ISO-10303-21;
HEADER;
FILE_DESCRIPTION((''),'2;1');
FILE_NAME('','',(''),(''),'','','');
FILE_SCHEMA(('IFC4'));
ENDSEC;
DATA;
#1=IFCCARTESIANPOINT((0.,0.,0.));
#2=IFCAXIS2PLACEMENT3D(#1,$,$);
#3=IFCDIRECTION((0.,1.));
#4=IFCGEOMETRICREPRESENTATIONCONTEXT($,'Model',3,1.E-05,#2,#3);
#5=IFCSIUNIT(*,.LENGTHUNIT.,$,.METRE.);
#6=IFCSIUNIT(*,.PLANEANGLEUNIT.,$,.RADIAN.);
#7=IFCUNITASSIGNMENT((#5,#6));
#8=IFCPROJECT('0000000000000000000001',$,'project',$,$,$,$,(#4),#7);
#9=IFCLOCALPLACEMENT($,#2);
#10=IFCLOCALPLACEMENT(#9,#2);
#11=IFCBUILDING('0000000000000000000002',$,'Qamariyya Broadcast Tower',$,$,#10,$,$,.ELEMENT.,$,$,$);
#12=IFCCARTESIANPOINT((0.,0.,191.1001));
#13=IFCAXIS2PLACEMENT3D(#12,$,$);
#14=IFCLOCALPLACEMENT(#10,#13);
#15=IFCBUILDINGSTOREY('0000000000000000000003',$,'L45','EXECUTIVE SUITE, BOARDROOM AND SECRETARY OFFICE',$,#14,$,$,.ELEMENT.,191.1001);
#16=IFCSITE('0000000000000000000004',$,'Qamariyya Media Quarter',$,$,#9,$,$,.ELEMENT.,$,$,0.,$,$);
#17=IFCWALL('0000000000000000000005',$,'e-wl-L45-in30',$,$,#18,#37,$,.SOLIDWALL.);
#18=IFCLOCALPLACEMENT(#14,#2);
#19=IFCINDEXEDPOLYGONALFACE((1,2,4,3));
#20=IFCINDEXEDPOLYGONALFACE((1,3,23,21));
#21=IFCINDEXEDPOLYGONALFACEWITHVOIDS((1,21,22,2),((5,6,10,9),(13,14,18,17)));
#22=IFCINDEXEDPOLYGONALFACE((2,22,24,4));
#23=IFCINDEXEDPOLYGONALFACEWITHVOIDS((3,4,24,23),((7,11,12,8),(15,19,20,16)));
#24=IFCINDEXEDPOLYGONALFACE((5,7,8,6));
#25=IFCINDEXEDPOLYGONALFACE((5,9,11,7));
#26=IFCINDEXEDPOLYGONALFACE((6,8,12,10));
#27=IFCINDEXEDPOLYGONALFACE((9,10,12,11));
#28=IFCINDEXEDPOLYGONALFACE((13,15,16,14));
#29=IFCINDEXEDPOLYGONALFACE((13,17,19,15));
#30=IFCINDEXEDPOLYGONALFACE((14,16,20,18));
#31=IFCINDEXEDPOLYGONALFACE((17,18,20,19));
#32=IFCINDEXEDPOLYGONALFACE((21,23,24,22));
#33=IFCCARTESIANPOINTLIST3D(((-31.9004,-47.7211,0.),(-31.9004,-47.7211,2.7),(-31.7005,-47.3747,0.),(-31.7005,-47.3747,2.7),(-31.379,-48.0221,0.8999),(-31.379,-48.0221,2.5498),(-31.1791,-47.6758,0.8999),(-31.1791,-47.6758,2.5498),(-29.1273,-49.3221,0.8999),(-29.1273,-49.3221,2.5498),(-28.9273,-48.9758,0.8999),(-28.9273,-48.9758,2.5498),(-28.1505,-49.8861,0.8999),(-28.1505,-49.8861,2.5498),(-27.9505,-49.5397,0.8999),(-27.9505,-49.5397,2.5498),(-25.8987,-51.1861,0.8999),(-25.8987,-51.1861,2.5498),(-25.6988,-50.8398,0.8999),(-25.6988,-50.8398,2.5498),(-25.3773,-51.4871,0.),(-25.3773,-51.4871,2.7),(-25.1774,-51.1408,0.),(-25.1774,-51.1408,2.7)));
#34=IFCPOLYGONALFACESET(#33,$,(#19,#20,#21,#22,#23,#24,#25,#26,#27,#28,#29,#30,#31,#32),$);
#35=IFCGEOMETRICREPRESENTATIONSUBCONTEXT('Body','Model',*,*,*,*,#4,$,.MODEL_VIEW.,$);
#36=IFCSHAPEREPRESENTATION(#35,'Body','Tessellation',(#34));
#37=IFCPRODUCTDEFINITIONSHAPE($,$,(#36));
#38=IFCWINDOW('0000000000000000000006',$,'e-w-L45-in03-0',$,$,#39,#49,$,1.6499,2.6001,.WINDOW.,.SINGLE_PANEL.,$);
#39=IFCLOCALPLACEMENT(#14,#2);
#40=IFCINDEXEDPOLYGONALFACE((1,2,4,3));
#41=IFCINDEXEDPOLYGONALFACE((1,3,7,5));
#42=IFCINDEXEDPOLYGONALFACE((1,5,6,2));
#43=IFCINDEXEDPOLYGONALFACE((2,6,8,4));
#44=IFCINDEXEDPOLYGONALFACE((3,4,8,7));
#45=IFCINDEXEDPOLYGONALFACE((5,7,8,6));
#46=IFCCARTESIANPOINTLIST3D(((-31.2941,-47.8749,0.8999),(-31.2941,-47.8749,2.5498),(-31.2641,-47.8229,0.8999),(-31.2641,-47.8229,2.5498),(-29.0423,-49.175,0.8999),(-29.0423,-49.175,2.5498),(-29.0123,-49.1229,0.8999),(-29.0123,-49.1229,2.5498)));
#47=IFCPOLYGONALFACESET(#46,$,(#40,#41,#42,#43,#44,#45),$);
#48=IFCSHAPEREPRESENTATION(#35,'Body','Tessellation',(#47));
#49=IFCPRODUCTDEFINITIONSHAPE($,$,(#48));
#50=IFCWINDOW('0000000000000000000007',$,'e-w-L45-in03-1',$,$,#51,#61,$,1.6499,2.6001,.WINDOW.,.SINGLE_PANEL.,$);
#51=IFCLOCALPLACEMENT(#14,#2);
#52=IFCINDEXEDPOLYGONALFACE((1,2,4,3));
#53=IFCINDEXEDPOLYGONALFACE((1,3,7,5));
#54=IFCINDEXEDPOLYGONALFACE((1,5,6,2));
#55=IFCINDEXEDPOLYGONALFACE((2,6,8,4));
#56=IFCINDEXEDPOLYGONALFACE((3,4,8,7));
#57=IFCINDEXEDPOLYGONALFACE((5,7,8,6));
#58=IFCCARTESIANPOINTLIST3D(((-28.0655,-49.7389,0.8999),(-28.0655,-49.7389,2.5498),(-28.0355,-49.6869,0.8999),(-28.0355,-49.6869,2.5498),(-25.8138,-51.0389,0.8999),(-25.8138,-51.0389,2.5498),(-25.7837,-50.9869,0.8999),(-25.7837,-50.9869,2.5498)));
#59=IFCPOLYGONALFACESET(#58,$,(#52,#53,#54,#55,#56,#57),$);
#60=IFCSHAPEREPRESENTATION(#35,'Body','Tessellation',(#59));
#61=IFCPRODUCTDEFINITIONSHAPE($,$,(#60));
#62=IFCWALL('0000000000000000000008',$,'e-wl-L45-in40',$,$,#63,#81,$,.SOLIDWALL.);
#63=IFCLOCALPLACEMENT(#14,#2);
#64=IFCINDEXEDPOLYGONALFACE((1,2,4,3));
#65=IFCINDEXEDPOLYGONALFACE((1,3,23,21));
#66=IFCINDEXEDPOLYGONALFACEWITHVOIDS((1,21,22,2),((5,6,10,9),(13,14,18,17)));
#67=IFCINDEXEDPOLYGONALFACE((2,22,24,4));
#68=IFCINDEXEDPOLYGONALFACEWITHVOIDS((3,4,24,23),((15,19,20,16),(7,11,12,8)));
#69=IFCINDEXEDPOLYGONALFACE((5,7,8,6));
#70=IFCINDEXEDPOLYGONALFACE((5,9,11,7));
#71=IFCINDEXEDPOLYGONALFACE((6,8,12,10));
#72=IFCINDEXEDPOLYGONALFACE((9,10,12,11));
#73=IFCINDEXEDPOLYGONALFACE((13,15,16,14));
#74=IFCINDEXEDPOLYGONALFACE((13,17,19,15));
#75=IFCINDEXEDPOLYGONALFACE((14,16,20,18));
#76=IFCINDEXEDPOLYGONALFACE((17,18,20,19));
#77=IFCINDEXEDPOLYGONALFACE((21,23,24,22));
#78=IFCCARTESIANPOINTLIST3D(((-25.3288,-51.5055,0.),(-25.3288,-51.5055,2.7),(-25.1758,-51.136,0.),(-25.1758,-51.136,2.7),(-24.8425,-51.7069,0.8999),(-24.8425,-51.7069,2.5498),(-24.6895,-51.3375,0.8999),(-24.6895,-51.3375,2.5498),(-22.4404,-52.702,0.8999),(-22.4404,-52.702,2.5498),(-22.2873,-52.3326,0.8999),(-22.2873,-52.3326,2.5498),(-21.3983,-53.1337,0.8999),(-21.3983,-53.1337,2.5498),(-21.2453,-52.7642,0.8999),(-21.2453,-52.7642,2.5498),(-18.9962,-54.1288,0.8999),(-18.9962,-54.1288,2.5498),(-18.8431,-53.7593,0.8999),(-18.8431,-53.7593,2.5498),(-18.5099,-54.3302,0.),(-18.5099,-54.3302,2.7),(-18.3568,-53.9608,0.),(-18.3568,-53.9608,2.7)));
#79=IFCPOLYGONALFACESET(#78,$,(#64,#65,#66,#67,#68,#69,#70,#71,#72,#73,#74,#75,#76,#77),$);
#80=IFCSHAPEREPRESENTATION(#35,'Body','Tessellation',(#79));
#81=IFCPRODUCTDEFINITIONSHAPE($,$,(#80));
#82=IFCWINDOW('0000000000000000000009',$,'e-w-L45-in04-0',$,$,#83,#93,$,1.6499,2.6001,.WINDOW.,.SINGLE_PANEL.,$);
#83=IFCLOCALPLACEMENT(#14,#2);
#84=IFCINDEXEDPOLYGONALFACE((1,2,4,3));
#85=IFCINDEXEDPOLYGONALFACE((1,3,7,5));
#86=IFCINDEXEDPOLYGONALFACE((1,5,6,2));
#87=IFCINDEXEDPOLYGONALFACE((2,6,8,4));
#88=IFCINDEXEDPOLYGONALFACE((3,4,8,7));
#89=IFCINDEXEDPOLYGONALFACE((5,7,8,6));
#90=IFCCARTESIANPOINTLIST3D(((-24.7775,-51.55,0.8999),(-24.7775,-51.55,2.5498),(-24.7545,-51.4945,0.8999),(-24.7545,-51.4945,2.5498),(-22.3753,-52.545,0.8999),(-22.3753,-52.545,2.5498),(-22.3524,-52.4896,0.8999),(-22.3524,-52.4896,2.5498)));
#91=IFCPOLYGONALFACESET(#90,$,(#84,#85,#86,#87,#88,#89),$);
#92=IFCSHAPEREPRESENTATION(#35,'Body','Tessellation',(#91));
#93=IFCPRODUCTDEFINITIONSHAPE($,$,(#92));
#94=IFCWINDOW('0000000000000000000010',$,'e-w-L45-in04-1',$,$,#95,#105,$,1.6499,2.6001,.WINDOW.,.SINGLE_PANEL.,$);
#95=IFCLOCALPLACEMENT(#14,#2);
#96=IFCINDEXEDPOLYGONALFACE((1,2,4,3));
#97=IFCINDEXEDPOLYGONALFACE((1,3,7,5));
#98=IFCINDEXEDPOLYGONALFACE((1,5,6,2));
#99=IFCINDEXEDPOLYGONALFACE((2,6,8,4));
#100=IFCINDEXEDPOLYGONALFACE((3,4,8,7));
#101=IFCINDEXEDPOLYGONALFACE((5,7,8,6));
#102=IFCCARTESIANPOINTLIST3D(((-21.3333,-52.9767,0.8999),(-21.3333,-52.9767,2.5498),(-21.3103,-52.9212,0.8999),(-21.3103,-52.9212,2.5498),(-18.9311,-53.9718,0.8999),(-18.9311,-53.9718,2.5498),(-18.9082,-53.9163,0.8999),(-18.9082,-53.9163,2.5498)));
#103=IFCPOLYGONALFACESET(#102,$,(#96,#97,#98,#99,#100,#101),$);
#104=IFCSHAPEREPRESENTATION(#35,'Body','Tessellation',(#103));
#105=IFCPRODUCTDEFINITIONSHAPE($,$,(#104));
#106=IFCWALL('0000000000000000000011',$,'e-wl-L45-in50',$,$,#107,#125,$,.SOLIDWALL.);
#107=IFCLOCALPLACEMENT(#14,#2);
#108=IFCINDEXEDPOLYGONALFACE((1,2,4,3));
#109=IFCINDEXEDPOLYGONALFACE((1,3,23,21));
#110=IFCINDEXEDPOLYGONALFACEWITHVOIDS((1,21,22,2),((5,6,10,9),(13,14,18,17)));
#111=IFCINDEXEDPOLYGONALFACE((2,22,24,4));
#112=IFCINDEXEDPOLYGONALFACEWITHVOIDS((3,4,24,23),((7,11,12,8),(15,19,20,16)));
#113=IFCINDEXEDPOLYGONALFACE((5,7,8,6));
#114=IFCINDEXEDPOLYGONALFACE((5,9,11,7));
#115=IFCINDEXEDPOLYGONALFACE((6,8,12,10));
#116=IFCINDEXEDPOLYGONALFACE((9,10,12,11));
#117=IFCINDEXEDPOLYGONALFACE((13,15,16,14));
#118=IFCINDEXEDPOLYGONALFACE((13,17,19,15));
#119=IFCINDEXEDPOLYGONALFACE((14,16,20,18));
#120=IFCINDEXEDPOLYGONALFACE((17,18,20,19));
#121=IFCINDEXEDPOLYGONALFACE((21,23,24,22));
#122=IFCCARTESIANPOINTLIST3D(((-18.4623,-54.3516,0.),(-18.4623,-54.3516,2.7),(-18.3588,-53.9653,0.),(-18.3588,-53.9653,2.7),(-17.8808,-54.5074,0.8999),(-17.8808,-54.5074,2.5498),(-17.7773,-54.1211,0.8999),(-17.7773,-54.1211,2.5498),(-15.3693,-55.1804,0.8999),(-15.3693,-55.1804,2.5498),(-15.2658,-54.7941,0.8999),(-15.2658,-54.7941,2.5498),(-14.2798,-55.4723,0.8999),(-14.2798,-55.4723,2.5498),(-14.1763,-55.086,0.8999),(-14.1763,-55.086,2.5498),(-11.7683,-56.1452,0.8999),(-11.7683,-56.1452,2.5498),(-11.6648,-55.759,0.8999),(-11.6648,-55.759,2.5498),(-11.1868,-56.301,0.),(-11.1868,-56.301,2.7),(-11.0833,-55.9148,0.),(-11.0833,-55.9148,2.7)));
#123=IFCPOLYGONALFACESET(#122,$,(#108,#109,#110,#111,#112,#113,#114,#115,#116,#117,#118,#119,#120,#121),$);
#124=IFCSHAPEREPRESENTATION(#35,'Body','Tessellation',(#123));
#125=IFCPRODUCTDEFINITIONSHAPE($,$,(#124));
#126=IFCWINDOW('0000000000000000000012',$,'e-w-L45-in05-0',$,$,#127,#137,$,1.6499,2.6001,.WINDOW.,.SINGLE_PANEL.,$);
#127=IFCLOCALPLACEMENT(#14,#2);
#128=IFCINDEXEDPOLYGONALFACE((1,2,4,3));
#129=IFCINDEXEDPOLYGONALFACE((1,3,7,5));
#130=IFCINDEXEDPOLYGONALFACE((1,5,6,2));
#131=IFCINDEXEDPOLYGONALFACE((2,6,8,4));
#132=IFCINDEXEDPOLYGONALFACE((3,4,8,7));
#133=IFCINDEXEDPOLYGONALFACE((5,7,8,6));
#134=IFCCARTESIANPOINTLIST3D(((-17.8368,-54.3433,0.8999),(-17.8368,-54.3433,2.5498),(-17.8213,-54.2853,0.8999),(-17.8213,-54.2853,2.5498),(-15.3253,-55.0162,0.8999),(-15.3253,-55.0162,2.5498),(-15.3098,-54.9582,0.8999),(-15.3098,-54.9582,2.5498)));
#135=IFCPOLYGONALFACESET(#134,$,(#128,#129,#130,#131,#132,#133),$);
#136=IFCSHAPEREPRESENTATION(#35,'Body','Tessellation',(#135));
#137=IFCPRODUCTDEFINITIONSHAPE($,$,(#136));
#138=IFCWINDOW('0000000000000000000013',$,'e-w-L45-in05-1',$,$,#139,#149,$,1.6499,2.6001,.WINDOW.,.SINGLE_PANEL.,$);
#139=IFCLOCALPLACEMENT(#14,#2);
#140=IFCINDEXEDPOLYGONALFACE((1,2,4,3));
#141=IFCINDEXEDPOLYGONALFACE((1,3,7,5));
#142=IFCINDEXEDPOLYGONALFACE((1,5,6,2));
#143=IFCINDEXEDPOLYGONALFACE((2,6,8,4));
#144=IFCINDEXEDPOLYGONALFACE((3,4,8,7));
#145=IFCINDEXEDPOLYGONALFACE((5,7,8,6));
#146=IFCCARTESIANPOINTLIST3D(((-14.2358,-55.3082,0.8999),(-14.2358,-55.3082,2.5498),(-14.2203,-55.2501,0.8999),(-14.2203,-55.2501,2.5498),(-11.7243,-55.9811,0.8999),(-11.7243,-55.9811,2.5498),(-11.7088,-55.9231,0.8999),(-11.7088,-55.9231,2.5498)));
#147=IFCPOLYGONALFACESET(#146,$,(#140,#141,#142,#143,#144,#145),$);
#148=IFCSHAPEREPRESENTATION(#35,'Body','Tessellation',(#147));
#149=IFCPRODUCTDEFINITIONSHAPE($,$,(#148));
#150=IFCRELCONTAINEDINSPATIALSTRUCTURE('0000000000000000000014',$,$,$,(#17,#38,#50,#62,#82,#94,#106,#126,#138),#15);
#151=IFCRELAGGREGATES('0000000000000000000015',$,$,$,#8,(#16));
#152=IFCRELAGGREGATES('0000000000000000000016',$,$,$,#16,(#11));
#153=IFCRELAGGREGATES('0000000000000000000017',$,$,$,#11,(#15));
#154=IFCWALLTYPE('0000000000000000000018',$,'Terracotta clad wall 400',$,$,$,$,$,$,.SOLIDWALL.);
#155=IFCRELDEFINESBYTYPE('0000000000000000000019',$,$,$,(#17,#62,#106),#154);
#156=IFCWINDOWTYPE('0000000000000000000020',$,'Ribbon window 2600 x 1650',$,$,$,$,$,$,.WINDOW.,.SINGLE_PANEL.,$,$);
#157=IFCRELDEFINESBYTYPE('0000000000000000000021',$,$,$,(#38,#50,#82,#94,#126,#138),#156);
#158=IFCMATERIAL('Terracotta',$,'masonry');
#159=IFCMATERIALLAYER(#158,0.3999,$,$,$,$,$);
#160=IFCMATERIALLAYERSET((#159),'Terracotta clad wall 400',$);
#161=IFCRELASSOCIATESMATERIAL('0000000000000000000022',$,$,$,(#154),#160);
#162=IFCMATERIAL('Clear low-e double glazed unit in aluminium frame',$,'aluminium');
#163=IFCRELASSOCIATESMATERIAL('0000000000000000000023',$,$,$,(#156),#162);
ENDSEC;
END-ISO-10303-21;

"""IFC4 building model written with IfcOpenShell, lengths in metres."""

from ifc_helpers import new_model, si_unit, direction, frame, frame_2d, origin, place, context, subcontext, project, spatial, rectangle, extrude, material, layer, layer_set, type_object, element, fill, save


model = new_model("IFC4")

# Units and contexts
model_context = context("Model", 3, precision=1e-05, world=origin(), true_north=direction((0.0, 1.0)))
body_context = subcontext(model_context, "Body", "Model", "MODEL_VIEW")
ifc_project = project(units=[si_unit("LENGTHUNIT", "METRE"), si_unit("PLANEANGLEUNIT", "RADIAN")], contexts=[model_context])

# Site, building, storey
site_placement = place(None, origin())
site = spatial("IfcSite", under=ifc_project, at=site_placement, Name="Qamariyya Media Quarter", CompositionType="ELEMENT", RefElevation=0.0)
building_placement = place(site_placement, origin())
building = spatial("IfcBuilding", under=site, at=building_placement, Name="Qamariyya Broadcast Tower", CompositionType="ELEMENT")
storey_placement = place(building_placement, frame((0.0, 0.0, 191.1001)))
storey = spatial("IfcBuildingStorey", under=building, at=storey_placement, Name="L45", Description="EXECUTIVE SUITE, BOARDROOM AND SECRETARY OFFICE", CompositionType="ELEMENT", Elevation=191.1001)

# Walls, openings, windows
ifc_material_1 = material(Name="Terracotta", Category="masonry")
ifc_layer_1 = layer(ifc_material_1, 0.3999)
ifc_layer_set_1 = layer_set([ifc_layer_1], Name="Terracotta clad wall 400")
wall_type_1 = type_object("IfcWallType", Name="Terracotta clad wall 400", PredefinedType="SOLIDWALL", material=ifc_layer_set_1)
ifc_material_2 = material(Name="Clear low-e double glazed unit in aluminium frame", Category="aluminium")
window_type = type_object("IfcWindowType", Name="Ribbon window 2600 x 1650", PartitioningType="SINGLE_PANEL", PredefinedType="WINDOW", material=ifc_material_2)
wall_1_placement = place(storey_placement, frame((-25.2773, -51.314, 0.0), z_axis=(0.0, 0.0, 1.0), x_axis=(-0.866029, 0.499995, 0.0)))
wall_1 = element("IfcWall", 1, at=wall_1_placement, inside=storey, type_object=wall_type_1, Name="e-wl-L45-in30", PredefinedType="SOLIDWALL", context=body_context, shape_type="SweptSolid", body=[
    extrude(rectangle(XDim=7.5322, YDim=0.3999, at=frame_2d((3.7661, 0.0))), origin(), (0.0, 0.0, 1.0), 2.7),
])
opening_1_placement = place(wall_1_placement, frame((4.3301, 0.0, 0.8999)))
opening_1 = element("IfcOpeningElement", 2, at=opening_1_placement, cuts=wall_1, PredefinedType="OPENING", context=body_context, shape_type="SweptSolid", body=[
    extrude(rectangle(XDim=2.6001, YDim=1.6499, at=frame_2d((1.3, 0.825))), frame((0.0, 0.21, 0.0), z_axis=(0.0, -1.0, 0.0), x_axis=(1.0, 0.0, 0.0)), (0.0, 0.0, 1.0), 0.4199),
])
opening_2_placement = place(wall_1_placement, frame((0.6021, 0.0, 0.8999)))
opening_2 = element("IfcOpeningElement", 3, at=opening_2_placement, cuts=wall_1, PredefinedType="OPENING", context=body_context, shape_type="SweptSolid", body=[
    extrude(rectangle(XDim=2.6001, YDim=1.6499, at=frame_2d((1.3, 0.825))), frame((0.0, 0.21, 0.0), z_axis=(0.0, -1.0, 0.0), x_axis=(1.0, 0.0, 0.0)), (0.0, 0.0, 1.0), 0.4199),
])
window_1_placement = place(opening_1_placement, origin())
window_1 = element("IfcWindow", 4, at=window_1_placement, inside=storey, type_object=window_type, Name="e-w-L45-in03-0", OverallHeight=1.6499, OverallWidth=2.6001, PartitioningType="SINGLE_PANEL", PredefinedType="WINDOW", context=body_context, shape_type="SweptSolid", body=[
    extrude(rectangle(XDim=2.6001, YDim=1.6499, at=frame_2d((1.3, 0.825))), frame((0.0, 0.03, 0.0), z_axis=(0.0, -1.0, 0.0), x_axis=(1.0, 0.0, 0.0)), (0.0, 0.0, 1.0), 0.0601),
])
fill(opening_1, window_1)
window_2_placement = place(opening_2_placement, origin())
window_2 = element("IfcWindow", 5, at=window_2_placement, inside=storey, type_object=window_type, Name="e-w-L45-in03-1", OverallHeight=1.6499, OverallWidth=2.6001, PartitioningType="SINGLE_PANEL", PredefinedType="WINDOW", context=body_context, shape_type="SweptSolid", body=[
    extrude(rectangle(XDim=2.6001, YDim=1.6499, at=frame_2d((1.3, 0.825))), frame((0.0, 0.03, 0.0), z_axis=(0.0, -1.0, 0.0), x_axis=(1.0, 0.0, 0.0)), (0.0, 0.0, 1.0), 0.0601),
])
fill(opening_2, window_2)
wall_2_placement = place(storey_placement, frame((-18.4333, -54.1455, 0.0), z_axis=(0.0, 0.0, 1.0), x_axis=(-0.923868, 0.382712, 0.0)))
wall_2 = element("IfcWall", 6, at=wall_2_placement, inside=storey, type_object=wall_type_1, Name="e-wl-L45-in40", PredefinedType="SOLIDWALL", context=body_context, shape_type="SweptSolid", body=[
    extrude(rectangle(XDim=7.3809, YDim=0.3999, at=frame_2d((3.6904, 0.0))), origin(), (0.0, 0.0, 1.0), 2.7),
])
opening_3_placement = place(wall_2_placement, frame((4.2544, 0.0, 0.8999)))
opening_3 = element("IfcOpeningElement", 7, at=opening_3_placement, cuts=wall_2, PredefinedType="OPENING", context=body_context, shape_type="SweptSolid", body=[
    extrude(rectangle(XDim=2.6001, YDim=1.6499, at=frame_2d((1.3, 0.825))), frame((0.0, 0.21, 0.0), z_axis=(0.0, -1.0, 0.0), x_axis=(1.0, 0.0, 0.0)), (0.0, 0.0, 1.0), 0.4199),
])
opening_4_placement = place(wall_2_placement, frame((0.5264, 0.0, 0.8999)))
opening_4 = element("IfcOpeningElement", 8, at=opening_4_placement, cuts=wall_2, PredefinedType="OPENING", context=body_context, shape_type="SweptSolid", body=[
    extrude(rectangle(XDim=2.6001, YDim=1.6499, at=frame_2d((1.3, 0.825))), frame((0.0, 0.21, 0.0), z_axis=(0.0, -1.0, 0.0), x_axis=(1.0, 0.0, 0.0)), (0.0, 0.0, 1.0), 0.4199),
])
window_3_placement = place(opening_3_placement, origin())
window_3 = element("IfcWindow", 9, at=window_3_placement, inside=storey, type_object=window_type, Name="e-w-L45-in04-0", OverallHeight=1.6499, OverallWidth=2.6001, PartitioningType="SINGLE_PANEL", PredefinedType="WINDOW", context=body_context, shape_type="SweptSolid", body=[
    extrude(rectangle(XDim=2.6001, YDim=1.6499, at=frame_2d((1.3, 0.825))), frame((0.0, 0.03, 0.0), z_axis=(0.0, -1.0, 0.0), x_axis=(1.0, 0.0, 0.0)), (0.0, 0.0, 1.0), 0.0601),
])
fill(opening_3, window_3)
window_4_placement = place(opening_4_placement, origin())
window_4 = element("IfcWindow", 10, at=window_4_placement, inside=storey, type_object=window_type, Name="e-w-L45-in04-1", OverallHeight=1.6499, OverallWidth=2.6001, PartitioningType="SINGLE_PANEL", PredefinedType="WINDOW", context=body_context, shape_type="SweptSolid", body=[
    extrude(rectangle(XDim=2.6001, YDim=1.6499, at=frame_2d((1.3, 0.825))), frame((0.0, 0.03, 0.0), z_axis=(0.0, -1.0, 0.0), x_axis=(1.0, 0.0, 0.0)), (0.0, 0.0, 1.0), 0.0601),
])
fill(opening_4, window_4)
wall_3_placement = place(storey_placement, frame((-11.135, -56.1079, 0.0), z_axis=(0.0, 0.0, 1.0), x_axis=(-0.965927, 0.258814, 0.0)))
wall_3 = element("IfcWall", 11, at=wall_3_placement, inside=storey, type_object=wall_type_1, Name="e-wl-L45-in50", PredefinedType="SOLIDWALL", context=body_context, shape_type="SweptSolid", body=[
    extrude(rectangle(XDim=7.5322, YDim=0.3999, at=frame_2d((3.7661, 0.0))), origin(), (0.0, 0.0, 1.0), 2.7),
])
opening_5_placement = place(wall_3_placement, frame((4.3301, 0.0, 0.8999)))
opening_5 = element("IfcOpeningElement", 12, at=opening_5_placement, cuts=wall_3, PredefinedType="OPENING", context=body_context, shape_type="SweptSolid", body=[
    extrude(rectangle(XDim=2.6001, YDim=1.6499, at=frame_2d((1.3, 0.825))), frame((0.0, 0.21, 0.0), z_axis=(0.0, -1.0, 0.0), x_axis=(1.0, 0.0, 0.0)), (0.0, 0.0, 1.0), 0.4199),
])
opening_6_placement = place(wall_3_placement, frame((0.6021, 0.0, 0.8999)))
opening_6 = element("IfcOpeningElement", 13, at=opening_6_placement, cuts=wall_3, PredefinedType="OPENING", context=body_context, shape_type="SweptSolid", body=[
    extrude(rectangle(XDim=2.6001, YDim=1.6499, at=frame_2d((1.3, 0.825))), frame((0.0, 0.21, 0.0), z_axis=(0.0, -1.0, 0.0), x_axis=(1.0, 0.0, 0.0)), (0.0, 0.0, 1.0), 0.4199),
])
window_5_placement = place(opening_5_placement, origin())
window_5 = element("IfcWindow", 14, at=window_5_placement, inside=storey, type_object=window_type, Name="e-w-L45-in05-0", OverallHeight=1.6499, OverallWidth=2.6001, PartitioningType="SINGLE_PANEL", PredefinedType="WINDOW", context=body_context, shape_type="SweptSolid", body=[
    extrude(rectangle(XDim=2.6001, YDim=1.6499, at=frame_2d((1.3, 0.825))), frame((0.0, 0.03, 0.0), z_axis=(0.0, -1.0, 0.0), x_axis=(1.0, 0.0, 0.0)), (0.0, 0.0, 1.0), 0.0601),
])
fill(opening_5, window_5)
window_6_placement = place(opening_6_placement, origin())
window_6 = element("IfcWindow", 15, at=window_6_placement, inside=storey, type_object=window_type, Name="e-w-L45-in05-1", OverallHeight=1.6499, OverallWidth=2.6001, PartitioningType="SINGLE_PANEL", PredefinedType="WINDOW", context=body_context, shape_type="SweptSolid", body=[
    extrude(rectangle(XDim=2.6001, YDim=1.6499, at=frame_2d((1.3, 0.825))), frame((0.0, 0.03, 0.0), z_axis=(0.0, -1.0, 0.0), x_axis=(1.0, 0.0, 0.0)), (0.0, 0.0, 1.0), 0.0601),
])
fill(opening_6, window_6)

save(model, "model.ifc")
